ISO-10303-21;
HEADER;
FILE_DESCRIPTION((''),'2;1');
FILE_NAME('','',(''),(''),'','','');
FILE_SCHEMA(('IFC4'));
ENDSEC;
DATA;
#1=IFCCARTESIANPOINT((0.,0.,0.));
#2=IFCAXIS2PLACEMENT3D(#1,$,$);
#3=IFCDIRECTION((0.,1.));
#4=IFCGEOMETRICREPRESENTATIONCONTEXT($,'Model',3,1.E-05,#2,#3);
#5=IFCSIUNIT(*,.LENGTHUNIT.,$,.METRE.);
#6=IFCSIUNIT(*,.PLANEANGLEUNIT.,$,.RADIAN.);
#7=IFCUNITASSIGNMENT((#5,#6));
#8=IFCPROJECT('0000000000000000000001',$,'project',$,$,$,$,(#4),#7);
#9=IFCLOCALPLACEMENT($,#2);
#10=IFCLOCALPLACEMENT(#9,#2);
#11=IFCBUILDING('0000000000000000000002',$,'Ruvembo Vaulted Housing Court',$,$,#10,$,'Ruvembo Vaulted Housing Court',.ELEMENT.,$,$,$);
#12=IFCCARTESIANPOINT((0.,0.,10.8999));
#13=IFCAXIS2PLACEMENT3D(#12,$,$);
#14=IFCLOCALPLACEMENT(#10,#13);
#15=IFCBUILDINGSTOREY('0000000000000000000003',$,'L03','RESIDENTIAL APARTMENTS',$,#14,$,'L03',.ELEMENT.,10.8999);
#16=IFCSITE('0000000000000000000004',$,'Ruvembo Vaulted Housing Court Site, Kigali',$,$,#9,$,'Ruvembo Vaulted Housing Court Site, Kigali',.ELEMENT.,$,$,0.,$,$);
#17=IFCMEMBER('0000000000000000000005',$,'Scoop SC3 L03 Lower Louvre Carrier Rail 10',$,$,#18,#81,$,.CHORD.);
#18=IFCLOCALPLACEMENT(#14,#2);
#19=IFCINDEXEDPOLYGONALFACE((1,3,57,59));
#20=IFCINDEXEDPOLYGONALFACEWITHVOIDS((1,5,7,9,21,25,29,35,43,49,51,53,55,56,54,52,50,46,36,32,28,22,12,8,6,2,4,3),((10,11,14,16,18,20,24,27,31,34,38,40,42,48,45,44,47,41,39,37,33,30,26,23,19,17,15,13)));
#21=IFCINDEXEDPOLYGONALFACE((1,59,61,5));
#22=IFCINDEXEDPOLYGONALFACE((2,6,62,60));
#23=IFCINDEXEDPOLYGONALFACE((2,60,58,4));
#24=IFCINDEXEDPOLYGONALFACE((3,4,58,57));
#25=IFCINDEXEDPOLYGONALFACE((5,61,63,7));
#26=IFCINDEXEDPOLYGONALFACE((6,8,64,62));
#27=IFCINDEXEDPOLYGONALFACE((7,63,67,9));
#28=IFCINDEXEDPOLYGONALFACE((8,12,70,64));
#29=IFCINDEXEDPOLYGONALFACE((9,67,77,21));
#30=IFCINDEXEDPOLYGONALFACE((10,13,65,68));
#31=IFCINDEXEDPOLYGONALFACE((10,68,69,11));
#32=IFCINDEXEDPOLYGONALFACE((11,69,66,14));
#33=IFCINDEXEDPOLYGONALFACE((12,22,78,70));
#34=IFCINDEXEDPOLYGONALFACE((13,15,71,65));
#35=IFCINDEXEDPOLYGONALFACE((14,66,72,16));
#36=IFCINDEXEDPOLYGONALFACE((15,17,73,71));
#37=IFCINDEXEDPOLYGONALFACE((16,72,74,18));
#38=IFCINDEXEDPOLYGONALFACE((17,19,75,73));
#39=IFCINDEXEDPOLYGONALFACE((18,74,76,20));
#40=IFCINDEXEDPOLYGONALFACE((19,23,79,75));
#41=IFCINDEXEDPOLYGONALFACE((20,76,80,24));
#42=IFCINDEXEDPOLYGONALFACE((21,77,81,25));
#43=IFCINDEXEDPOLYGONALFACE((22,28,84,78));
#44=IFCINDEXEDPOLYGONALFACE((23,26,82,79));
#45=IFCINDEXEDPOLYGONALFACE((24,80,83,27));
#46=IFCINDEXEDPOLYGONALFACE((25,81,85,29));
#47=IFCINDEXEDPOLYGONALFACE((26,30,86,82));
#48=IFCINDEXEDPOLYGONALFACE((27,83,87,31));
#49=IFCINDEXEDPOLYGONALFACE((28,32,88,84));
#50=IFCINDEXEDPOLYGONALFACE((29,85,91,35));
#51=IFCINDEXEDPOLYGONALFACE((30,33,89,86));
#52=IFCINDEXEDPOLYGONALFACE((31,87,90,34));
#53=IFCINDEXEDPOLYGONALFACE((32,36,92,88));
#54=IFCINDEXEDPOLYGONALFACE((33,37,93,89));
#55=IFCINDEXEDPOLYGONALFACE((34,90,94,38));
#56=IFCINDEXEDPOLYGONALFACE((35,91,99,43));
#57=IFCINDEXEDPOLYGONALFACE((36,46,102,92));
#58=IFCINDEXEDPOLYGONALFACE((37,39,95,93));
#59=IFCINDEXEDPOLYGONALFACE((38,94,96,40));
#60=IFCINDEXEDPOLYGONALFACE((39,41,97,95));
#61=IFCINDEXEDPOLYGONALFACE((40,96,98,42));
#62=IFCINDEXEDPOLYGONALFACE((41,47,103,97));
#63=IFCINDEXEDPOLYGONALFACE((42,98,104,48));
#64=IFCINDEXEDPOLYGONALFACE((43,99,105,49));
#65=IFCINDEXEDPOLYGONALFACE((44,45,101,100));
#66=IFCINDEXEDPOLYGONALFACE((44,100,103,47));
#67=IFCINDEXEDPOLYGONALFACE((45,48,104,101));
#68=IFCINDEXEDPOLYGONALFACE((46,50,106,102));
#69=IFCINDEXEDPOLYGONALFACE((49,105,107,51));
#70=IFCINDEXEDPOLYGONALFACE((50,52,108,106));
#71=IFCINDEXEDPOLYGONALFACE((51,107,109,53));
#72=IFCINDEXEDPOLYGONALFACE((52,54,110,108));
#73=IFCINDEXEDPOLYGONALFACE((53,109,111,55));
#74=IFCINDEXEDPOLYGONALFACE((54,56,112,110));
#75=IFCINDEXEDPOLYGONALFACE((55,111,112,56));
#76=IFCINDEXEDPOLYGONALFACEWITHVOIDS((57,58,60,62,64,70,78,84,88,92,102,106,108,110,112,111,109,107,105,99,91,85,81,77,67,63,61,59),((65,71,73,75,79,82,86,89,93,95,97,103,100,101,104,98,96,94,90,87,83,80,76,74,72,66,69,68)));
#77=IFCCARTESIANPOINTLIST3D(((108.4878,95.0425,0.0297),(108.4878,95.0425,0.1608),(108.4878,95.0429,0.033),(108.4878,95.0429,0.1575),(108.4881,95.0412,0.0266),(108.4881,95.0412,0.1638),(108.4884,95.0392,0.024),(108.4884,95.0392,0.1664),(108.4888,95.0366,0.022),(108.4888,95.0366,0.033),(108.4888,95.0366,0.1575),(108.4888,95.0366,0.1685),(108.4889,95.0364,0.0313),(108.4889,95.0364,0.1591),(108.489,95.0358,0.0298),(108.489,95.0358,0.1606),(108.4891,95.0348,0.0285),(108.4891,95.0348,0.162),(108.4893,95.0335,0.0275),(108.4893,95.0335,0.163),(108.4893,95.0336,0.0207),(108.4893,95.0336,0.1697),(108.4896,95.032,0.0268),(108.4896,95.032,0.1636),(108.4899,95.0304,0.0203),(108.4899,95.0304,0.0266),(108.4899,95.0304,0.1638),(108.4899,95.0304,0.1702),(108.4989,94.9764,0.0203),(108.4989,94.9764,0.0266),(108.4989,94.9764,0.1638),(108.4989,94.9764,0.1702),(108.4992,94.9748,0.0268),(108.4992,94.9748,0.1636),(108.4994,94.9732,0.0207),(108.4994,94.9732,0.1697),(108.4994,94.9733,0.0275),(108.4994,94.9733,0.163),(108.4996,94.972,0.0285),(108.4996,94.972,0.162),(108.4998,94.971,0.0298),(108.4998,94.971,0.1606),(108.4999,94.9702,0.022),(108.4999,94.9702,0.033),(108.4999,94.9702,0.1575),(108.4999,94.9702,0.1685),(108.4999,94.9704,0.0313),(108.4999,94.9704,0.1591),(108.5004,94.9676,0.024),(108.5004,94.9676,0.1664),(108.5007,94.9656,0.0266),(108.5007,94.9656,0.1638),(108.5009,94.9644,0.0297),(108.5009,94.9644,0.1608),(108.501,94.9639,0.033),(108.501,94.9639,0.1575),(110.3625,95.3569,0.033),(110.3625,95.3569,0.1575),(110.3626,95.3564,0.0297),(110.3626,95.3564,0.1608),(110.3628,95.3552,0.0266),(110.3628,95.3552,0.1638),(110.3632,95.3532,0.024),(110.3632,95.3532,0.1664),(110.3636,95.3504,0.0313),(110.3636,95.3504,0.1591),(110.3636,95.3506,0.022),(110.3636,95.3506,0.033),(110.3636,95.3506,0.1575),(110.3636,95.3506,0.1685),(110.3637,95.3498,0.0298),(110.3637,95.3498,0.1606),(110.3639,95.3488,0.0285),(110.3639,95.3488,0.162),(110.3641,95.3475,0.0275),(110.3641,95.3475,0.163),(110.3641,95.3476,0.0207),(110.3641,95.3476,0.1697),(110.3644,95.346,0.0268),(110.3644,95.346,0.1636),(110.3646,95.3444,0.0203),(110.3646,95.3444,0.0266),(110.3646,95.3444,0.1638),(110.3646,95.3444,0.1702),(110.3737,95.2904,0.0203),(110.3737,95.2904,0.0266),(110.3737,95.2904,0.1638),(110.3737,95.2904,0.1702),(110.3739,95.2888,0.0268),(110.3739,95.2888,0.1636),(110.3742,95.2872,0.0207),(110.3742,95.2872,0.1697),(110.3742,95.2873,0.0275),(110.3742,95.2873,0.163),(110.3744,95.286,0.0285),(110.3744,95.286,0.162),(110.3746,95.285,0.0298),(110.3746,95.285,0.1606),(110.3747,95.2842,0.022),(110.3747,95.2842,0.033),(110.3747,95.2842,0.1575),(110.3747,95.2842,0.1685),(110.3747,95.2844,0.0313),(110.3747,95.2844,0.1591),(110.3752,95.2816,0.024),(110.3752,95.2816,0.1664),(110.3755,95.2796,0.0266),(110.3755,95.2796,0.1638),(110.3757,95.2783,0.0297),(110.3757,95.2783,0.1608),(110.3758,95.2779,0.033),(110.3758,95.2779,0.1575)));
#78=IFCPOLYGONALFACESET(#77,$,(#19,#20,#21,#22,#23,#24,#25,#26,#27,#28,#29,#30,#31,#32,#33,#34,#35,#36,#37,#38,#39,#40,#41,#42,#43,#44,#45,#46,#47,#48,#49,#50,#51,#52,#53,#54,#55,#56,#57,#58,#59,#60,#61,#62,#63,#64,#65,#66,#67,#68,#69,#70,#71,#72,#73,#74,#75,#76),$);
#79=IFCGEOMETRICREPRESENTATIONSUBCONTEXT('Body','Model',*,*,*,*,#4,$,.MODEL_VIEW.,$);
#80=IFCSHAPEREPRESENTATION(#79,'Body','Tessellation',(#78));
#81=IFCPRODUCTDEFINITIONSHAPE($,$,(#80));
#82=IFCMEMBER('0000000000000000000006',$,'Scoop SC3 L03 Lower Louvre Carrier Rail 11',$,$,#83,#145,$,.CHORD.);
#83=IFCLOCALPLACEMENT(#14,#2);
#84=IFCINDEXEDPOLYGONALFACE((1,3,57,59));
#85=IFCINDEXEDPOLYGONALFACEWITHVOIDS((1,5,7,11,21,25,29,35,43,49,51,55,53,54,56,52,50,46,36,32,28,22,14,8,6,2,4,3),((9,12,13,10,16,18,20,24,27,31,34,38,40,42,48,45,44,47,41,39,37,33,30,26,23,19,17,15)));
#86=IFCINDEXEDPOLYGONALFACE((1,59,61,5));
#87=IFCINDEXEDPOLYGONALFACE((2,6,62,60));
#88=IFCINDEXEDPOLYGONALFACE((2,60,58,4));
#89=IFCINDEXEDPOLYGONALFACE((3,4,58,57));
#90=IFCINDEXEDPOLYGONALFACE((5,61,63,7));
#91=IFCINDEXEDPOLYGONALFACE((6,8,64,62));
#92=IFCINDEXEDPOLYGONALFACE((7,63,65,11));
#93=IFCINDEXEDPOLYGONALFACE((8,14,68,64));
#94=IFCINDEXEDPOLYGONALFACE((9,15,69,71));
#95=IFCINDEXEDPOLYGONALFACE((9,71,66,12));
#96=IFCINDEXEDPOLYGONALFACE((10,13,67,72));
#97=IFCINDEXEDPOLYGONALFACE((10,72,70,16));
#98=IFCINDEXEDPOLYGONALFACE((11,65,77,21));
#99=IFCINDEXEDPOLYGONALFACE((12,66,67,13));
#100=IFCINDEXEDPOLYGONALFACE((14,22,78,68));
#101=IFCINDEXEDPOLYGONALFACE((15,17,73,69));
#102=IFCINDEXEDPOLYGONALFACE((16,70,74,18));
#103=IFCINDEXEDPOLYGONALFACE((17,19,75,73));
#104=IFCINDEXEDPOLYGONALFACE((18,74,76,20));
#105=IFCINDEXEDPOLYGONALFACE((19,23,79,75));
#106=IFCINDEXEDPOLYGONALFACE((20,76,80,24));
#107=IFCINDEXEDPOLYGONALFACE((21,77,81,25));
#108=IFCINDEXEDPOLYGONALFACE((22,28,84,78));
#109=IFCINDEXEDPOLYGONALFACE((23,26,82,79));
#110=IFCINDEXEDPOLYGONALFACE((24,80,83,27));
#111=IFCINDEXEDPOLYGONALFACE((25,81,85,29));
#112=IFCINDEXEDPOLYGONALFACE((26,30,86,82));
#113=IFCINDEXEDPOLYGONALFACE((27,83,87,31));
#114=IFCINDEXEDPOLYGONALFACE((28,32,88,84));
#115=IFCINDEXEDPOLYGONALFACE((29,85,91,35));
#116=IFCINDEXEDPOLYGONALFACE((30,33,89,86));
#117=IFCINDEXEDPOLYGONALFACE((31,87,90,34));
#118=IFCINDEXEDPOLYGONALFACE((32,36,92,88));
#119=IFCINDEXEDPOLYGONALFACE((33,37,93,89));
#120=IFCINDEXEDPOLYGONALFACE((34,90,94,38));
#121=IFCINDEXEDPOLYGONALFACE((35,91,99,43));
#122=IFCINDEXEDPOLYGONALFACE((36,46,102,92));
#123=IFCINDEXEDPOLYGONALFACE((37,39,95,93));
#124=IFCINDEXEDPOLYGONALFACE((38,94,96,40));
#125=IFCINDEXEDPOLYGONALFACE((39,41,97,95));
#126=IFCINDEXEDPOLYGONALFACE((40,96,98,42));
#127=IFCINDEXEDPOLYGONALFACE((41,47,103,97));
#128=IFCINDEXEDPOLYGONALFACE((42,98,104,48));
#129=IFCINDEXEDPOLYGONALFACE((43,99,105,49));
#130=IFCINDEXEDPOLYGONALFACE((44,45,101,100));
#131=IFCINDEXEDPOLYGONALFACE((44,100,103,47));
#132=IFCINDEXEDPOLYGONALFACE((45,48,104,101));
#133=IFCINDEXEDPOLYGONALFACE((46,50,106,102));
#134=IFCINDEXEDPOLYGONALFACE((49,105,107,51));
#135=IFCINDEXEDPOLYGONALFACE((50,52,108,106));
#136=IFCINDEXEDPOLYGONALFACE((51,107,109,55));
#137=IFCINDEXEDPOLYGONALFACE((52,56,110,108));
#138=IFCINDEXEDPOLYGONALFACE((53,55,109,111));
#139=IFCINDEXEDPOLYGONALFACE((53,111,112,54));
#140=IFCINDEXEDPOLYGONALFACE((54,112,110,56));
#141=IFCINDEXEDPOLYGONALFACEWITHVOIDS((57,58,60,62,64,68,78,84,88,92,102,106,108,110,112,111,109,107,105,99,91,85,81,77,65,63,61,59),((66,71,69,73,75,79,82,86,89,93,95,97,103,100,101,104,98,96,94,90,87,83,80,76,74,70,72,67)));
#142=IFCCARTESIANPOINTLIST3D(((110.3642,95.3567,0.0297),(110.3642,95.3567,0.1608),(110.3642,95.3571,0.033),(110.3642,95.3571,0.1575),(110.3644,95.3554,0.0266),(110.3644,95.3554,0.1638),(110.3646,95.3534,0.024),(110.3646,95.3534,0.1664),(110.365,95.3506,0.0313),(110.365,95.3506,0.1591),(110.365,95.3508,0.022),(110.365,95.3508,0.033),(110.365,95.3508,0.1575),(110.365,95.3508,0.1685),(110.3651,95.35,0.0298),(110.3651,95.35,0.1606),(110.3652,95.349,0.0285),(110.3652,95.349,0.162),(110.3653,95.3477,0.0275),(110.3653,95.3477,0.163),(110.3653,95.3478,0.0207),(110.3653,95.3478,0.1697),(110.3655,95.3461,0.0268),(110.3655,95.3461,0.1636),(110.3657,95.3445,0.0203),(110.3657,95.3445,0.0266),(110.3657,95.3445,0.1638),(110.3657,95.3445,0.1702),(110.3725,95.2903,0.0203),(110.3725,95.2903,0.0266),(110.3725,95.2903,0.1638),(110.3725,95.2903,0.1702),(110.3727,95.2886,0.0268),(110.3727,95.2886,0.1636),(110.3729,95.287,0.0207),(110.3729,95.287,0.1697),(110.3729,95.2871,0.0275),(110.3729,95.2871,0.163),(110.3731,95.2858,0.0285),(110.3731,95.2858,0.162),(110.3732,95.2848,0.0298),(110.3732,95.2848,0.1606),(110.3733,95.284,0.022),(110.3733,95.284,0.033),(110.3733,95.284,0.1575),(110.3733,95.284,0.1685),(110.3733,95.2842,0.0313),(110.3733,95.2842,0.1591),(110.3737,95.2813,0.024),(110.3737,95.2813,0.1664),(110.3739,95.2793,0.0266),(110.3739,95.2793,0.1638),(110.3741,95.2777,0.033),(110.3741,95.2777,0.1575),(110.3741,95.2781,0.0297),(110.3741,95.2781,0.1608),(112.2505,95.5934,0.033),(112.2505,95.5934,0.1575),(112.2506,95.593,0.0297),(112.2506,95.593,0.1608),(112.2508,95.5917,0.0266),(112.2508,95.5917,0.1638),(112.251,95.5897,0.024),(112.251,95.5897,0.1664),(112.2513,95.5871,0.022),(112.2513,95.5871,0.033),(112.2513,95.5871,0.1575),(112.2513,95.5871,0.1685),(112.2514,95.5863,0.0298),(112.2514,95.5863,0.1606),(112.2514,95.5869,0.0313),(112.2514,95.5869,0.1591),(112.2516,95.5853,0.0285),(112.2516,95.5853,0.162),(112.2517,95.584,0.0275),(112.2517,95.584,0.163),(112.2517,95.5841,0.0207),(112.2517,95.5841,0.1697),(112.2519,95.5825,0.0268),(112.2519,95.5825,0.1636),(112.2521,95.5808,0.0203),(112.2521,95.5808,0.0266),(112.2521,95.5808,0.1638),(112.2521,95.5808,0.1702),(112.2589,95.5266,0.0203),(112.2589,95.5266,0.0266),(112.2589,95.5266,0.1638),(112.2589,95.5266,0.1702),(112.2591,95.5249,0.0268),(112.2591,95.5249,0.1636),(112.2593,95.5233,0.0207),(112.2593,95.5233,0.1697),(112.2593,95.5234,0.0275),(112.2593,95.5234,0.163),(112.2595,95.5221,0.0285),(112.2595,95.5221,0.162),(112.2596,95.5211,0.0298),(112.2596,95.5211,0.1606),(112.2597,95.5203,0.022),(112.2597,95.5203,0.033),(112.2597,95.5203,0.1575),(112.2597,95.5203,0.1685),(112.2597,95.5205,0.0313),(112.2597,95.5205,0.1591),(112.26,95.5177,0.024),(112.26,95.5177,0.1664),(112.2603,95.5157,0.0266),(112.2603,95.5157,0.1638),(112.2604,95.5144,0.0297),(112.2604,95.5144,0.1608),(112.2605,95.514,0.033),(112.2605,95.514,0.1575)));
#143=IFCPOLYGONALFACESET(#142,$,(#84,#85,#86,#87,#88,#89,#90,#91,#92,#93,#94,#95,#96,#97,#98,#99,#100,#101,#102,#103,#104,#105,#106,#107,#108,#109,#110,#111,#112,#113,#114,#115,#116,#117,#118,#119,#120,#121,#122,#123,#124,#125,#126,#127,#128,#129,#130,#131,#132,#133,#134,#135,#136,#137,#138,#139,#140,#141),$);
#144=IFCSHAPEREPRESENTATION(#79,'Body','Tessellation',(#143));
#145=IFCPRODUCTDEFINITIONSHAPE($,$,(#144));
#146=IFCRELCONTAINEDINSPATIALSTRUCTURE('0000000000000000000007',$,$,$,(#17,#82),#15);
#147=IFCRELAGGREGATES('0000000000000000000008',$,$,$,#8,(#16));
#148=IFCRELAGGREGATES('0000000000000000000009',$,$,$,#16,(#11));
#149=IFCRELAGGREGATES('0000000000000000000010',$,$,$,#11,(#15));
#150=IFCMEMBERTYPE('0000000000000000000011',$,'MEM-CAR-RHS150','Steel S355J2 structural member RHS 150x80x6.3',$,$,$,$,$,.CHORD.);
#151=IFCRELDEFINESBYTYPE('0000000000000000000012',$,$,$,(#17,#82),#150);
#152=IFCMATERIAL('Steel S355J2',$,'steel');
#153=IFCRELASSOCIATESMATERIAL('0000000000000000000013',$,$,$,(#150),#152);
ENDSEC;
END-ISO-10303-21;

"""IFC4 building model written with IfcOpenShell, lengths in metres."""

from ifc_helpers import new_model, si_unit, direction, frame, origin, origin_2d, place, context, subcontext, project, spatial, hollow_rectangle, extrude, material, material_profile, profile_set, type_object, element, save


model = new_model("IFC4")

# Units and contexts
model_context = context("Model", 3, precision=1e-05, world=origin(), true_north=direction((0.0, 1.0)))
body_context = subcontext(model_context, "Body", "Model", "MODEL_VIEW")
ifc_project = project(units=[si_unit("LENGTHUNIT", "METRE"), si_unit("PLANEANGLEUNIT", "RADIAN")], contexts=[model_context])

# Site, building, storey
site_placement = place(None, origin())
site = spatial("IfcSite", under=ifc_project, at=site_placement, Name="Ruvembo Vaulted Housing Court Site, Kigali", LongName="Ruvembo Vaulted Housing Court Site, Kigali", CompositionType="ELEMENT", RefElevation=0.0)
building_placement = place(site_placement, origin())
building = spatial("IfcBuilding", under=site, at=building_placement, Name="Ruvembo Vaulted Housing Court", LongName="Ruvembo Vaulted Housing Court", CompositionType="ELEMENT")
storey_placement = place(building_placement, frame((0.0, 0.0, 10.8999)))
storey = spatial("IfcBuildingStorey", under=building, at=storey_placement, Name="L03", Description="RESIDENTIAL APARTMENTS", LongName="L03", CompositionType="ELEMENT", Elevation=10.8999)

# Shared definitions
ifc_material_1 = material(Name="Steel S355J2", Category="steel")

# Members
ifc_material_profile_1 = material_profile(ifc_material_1, hollow_rectangle(XDim=0.0801, YDim=0.1499, WallThickness=0.0063, InnerFilletRadius=0.0063, OuterFilletRadius=0.0127, at=origin_2d()), Name="RHS 150x80x6.3")
ifc_profile_set_1 = profile_set([ifc_material_profile_1], Name="Steel S355J2")
member_type_1 = type_object("IfcMemberType", Name="MEM-CAR-RHS150", Description="Steel S355J2 structural member RHS 150x80x6.3", PredefinedType="CHORD", material=ifc_profile_set_1)
member_1_placement = place(storey_placement, frame((108.4944, 95.0034, 0.0952), z_axis=(0.986265, 0.16517, 0.0), x_axis=(-0.16517, 0.986265, 0.0)))
element("IfcMember", 1, at=member_1_placement, inside=storey, type_object=member_type_1, Name="Scoop SC3 L03 Lower Louvre Carrier Rail 10", PredefinedType="CHORD", context=body_context, shape_type="SweptSolid", body=[
    extrude(hollow_rectangle(XDim=0.0801, YDim=0.1499, WallThickness=0.0063, InnerFilletRadius=0.0063, OuterFilletRadius=0.0127, at=origin_2d()), origin(), (0.0, 0.0, 1.0), 1.9009),
])
member_2_placement = place(storey_placement, frame((110.3691, 95.3174, 0.0952), z_axis=(0.992244, 0.124303, 0.0), x_axis=(-0.124303, 0.992244, 0.0)))
element("IfcMember", 2, at=member_2_placement, inside=storey, type_object=member_type_1, Name="Scoop SC3 L03 Lower Louvre Carrier Rail 11", PredefinedType="CHORD", context=body_context, shape_type="SweptSolid", body=[
    extrude(hollow_rectangle(XDim=0.0801, YDim=0.1499, WallThickness=0.0063, InnerFilletRadius=0.0063, OuterFilletRadius=0.0127, at=origin_2d()), origin(), (0.0, 0.0, 1.0), 1.9011),
])

save(model, "model.ifc")
